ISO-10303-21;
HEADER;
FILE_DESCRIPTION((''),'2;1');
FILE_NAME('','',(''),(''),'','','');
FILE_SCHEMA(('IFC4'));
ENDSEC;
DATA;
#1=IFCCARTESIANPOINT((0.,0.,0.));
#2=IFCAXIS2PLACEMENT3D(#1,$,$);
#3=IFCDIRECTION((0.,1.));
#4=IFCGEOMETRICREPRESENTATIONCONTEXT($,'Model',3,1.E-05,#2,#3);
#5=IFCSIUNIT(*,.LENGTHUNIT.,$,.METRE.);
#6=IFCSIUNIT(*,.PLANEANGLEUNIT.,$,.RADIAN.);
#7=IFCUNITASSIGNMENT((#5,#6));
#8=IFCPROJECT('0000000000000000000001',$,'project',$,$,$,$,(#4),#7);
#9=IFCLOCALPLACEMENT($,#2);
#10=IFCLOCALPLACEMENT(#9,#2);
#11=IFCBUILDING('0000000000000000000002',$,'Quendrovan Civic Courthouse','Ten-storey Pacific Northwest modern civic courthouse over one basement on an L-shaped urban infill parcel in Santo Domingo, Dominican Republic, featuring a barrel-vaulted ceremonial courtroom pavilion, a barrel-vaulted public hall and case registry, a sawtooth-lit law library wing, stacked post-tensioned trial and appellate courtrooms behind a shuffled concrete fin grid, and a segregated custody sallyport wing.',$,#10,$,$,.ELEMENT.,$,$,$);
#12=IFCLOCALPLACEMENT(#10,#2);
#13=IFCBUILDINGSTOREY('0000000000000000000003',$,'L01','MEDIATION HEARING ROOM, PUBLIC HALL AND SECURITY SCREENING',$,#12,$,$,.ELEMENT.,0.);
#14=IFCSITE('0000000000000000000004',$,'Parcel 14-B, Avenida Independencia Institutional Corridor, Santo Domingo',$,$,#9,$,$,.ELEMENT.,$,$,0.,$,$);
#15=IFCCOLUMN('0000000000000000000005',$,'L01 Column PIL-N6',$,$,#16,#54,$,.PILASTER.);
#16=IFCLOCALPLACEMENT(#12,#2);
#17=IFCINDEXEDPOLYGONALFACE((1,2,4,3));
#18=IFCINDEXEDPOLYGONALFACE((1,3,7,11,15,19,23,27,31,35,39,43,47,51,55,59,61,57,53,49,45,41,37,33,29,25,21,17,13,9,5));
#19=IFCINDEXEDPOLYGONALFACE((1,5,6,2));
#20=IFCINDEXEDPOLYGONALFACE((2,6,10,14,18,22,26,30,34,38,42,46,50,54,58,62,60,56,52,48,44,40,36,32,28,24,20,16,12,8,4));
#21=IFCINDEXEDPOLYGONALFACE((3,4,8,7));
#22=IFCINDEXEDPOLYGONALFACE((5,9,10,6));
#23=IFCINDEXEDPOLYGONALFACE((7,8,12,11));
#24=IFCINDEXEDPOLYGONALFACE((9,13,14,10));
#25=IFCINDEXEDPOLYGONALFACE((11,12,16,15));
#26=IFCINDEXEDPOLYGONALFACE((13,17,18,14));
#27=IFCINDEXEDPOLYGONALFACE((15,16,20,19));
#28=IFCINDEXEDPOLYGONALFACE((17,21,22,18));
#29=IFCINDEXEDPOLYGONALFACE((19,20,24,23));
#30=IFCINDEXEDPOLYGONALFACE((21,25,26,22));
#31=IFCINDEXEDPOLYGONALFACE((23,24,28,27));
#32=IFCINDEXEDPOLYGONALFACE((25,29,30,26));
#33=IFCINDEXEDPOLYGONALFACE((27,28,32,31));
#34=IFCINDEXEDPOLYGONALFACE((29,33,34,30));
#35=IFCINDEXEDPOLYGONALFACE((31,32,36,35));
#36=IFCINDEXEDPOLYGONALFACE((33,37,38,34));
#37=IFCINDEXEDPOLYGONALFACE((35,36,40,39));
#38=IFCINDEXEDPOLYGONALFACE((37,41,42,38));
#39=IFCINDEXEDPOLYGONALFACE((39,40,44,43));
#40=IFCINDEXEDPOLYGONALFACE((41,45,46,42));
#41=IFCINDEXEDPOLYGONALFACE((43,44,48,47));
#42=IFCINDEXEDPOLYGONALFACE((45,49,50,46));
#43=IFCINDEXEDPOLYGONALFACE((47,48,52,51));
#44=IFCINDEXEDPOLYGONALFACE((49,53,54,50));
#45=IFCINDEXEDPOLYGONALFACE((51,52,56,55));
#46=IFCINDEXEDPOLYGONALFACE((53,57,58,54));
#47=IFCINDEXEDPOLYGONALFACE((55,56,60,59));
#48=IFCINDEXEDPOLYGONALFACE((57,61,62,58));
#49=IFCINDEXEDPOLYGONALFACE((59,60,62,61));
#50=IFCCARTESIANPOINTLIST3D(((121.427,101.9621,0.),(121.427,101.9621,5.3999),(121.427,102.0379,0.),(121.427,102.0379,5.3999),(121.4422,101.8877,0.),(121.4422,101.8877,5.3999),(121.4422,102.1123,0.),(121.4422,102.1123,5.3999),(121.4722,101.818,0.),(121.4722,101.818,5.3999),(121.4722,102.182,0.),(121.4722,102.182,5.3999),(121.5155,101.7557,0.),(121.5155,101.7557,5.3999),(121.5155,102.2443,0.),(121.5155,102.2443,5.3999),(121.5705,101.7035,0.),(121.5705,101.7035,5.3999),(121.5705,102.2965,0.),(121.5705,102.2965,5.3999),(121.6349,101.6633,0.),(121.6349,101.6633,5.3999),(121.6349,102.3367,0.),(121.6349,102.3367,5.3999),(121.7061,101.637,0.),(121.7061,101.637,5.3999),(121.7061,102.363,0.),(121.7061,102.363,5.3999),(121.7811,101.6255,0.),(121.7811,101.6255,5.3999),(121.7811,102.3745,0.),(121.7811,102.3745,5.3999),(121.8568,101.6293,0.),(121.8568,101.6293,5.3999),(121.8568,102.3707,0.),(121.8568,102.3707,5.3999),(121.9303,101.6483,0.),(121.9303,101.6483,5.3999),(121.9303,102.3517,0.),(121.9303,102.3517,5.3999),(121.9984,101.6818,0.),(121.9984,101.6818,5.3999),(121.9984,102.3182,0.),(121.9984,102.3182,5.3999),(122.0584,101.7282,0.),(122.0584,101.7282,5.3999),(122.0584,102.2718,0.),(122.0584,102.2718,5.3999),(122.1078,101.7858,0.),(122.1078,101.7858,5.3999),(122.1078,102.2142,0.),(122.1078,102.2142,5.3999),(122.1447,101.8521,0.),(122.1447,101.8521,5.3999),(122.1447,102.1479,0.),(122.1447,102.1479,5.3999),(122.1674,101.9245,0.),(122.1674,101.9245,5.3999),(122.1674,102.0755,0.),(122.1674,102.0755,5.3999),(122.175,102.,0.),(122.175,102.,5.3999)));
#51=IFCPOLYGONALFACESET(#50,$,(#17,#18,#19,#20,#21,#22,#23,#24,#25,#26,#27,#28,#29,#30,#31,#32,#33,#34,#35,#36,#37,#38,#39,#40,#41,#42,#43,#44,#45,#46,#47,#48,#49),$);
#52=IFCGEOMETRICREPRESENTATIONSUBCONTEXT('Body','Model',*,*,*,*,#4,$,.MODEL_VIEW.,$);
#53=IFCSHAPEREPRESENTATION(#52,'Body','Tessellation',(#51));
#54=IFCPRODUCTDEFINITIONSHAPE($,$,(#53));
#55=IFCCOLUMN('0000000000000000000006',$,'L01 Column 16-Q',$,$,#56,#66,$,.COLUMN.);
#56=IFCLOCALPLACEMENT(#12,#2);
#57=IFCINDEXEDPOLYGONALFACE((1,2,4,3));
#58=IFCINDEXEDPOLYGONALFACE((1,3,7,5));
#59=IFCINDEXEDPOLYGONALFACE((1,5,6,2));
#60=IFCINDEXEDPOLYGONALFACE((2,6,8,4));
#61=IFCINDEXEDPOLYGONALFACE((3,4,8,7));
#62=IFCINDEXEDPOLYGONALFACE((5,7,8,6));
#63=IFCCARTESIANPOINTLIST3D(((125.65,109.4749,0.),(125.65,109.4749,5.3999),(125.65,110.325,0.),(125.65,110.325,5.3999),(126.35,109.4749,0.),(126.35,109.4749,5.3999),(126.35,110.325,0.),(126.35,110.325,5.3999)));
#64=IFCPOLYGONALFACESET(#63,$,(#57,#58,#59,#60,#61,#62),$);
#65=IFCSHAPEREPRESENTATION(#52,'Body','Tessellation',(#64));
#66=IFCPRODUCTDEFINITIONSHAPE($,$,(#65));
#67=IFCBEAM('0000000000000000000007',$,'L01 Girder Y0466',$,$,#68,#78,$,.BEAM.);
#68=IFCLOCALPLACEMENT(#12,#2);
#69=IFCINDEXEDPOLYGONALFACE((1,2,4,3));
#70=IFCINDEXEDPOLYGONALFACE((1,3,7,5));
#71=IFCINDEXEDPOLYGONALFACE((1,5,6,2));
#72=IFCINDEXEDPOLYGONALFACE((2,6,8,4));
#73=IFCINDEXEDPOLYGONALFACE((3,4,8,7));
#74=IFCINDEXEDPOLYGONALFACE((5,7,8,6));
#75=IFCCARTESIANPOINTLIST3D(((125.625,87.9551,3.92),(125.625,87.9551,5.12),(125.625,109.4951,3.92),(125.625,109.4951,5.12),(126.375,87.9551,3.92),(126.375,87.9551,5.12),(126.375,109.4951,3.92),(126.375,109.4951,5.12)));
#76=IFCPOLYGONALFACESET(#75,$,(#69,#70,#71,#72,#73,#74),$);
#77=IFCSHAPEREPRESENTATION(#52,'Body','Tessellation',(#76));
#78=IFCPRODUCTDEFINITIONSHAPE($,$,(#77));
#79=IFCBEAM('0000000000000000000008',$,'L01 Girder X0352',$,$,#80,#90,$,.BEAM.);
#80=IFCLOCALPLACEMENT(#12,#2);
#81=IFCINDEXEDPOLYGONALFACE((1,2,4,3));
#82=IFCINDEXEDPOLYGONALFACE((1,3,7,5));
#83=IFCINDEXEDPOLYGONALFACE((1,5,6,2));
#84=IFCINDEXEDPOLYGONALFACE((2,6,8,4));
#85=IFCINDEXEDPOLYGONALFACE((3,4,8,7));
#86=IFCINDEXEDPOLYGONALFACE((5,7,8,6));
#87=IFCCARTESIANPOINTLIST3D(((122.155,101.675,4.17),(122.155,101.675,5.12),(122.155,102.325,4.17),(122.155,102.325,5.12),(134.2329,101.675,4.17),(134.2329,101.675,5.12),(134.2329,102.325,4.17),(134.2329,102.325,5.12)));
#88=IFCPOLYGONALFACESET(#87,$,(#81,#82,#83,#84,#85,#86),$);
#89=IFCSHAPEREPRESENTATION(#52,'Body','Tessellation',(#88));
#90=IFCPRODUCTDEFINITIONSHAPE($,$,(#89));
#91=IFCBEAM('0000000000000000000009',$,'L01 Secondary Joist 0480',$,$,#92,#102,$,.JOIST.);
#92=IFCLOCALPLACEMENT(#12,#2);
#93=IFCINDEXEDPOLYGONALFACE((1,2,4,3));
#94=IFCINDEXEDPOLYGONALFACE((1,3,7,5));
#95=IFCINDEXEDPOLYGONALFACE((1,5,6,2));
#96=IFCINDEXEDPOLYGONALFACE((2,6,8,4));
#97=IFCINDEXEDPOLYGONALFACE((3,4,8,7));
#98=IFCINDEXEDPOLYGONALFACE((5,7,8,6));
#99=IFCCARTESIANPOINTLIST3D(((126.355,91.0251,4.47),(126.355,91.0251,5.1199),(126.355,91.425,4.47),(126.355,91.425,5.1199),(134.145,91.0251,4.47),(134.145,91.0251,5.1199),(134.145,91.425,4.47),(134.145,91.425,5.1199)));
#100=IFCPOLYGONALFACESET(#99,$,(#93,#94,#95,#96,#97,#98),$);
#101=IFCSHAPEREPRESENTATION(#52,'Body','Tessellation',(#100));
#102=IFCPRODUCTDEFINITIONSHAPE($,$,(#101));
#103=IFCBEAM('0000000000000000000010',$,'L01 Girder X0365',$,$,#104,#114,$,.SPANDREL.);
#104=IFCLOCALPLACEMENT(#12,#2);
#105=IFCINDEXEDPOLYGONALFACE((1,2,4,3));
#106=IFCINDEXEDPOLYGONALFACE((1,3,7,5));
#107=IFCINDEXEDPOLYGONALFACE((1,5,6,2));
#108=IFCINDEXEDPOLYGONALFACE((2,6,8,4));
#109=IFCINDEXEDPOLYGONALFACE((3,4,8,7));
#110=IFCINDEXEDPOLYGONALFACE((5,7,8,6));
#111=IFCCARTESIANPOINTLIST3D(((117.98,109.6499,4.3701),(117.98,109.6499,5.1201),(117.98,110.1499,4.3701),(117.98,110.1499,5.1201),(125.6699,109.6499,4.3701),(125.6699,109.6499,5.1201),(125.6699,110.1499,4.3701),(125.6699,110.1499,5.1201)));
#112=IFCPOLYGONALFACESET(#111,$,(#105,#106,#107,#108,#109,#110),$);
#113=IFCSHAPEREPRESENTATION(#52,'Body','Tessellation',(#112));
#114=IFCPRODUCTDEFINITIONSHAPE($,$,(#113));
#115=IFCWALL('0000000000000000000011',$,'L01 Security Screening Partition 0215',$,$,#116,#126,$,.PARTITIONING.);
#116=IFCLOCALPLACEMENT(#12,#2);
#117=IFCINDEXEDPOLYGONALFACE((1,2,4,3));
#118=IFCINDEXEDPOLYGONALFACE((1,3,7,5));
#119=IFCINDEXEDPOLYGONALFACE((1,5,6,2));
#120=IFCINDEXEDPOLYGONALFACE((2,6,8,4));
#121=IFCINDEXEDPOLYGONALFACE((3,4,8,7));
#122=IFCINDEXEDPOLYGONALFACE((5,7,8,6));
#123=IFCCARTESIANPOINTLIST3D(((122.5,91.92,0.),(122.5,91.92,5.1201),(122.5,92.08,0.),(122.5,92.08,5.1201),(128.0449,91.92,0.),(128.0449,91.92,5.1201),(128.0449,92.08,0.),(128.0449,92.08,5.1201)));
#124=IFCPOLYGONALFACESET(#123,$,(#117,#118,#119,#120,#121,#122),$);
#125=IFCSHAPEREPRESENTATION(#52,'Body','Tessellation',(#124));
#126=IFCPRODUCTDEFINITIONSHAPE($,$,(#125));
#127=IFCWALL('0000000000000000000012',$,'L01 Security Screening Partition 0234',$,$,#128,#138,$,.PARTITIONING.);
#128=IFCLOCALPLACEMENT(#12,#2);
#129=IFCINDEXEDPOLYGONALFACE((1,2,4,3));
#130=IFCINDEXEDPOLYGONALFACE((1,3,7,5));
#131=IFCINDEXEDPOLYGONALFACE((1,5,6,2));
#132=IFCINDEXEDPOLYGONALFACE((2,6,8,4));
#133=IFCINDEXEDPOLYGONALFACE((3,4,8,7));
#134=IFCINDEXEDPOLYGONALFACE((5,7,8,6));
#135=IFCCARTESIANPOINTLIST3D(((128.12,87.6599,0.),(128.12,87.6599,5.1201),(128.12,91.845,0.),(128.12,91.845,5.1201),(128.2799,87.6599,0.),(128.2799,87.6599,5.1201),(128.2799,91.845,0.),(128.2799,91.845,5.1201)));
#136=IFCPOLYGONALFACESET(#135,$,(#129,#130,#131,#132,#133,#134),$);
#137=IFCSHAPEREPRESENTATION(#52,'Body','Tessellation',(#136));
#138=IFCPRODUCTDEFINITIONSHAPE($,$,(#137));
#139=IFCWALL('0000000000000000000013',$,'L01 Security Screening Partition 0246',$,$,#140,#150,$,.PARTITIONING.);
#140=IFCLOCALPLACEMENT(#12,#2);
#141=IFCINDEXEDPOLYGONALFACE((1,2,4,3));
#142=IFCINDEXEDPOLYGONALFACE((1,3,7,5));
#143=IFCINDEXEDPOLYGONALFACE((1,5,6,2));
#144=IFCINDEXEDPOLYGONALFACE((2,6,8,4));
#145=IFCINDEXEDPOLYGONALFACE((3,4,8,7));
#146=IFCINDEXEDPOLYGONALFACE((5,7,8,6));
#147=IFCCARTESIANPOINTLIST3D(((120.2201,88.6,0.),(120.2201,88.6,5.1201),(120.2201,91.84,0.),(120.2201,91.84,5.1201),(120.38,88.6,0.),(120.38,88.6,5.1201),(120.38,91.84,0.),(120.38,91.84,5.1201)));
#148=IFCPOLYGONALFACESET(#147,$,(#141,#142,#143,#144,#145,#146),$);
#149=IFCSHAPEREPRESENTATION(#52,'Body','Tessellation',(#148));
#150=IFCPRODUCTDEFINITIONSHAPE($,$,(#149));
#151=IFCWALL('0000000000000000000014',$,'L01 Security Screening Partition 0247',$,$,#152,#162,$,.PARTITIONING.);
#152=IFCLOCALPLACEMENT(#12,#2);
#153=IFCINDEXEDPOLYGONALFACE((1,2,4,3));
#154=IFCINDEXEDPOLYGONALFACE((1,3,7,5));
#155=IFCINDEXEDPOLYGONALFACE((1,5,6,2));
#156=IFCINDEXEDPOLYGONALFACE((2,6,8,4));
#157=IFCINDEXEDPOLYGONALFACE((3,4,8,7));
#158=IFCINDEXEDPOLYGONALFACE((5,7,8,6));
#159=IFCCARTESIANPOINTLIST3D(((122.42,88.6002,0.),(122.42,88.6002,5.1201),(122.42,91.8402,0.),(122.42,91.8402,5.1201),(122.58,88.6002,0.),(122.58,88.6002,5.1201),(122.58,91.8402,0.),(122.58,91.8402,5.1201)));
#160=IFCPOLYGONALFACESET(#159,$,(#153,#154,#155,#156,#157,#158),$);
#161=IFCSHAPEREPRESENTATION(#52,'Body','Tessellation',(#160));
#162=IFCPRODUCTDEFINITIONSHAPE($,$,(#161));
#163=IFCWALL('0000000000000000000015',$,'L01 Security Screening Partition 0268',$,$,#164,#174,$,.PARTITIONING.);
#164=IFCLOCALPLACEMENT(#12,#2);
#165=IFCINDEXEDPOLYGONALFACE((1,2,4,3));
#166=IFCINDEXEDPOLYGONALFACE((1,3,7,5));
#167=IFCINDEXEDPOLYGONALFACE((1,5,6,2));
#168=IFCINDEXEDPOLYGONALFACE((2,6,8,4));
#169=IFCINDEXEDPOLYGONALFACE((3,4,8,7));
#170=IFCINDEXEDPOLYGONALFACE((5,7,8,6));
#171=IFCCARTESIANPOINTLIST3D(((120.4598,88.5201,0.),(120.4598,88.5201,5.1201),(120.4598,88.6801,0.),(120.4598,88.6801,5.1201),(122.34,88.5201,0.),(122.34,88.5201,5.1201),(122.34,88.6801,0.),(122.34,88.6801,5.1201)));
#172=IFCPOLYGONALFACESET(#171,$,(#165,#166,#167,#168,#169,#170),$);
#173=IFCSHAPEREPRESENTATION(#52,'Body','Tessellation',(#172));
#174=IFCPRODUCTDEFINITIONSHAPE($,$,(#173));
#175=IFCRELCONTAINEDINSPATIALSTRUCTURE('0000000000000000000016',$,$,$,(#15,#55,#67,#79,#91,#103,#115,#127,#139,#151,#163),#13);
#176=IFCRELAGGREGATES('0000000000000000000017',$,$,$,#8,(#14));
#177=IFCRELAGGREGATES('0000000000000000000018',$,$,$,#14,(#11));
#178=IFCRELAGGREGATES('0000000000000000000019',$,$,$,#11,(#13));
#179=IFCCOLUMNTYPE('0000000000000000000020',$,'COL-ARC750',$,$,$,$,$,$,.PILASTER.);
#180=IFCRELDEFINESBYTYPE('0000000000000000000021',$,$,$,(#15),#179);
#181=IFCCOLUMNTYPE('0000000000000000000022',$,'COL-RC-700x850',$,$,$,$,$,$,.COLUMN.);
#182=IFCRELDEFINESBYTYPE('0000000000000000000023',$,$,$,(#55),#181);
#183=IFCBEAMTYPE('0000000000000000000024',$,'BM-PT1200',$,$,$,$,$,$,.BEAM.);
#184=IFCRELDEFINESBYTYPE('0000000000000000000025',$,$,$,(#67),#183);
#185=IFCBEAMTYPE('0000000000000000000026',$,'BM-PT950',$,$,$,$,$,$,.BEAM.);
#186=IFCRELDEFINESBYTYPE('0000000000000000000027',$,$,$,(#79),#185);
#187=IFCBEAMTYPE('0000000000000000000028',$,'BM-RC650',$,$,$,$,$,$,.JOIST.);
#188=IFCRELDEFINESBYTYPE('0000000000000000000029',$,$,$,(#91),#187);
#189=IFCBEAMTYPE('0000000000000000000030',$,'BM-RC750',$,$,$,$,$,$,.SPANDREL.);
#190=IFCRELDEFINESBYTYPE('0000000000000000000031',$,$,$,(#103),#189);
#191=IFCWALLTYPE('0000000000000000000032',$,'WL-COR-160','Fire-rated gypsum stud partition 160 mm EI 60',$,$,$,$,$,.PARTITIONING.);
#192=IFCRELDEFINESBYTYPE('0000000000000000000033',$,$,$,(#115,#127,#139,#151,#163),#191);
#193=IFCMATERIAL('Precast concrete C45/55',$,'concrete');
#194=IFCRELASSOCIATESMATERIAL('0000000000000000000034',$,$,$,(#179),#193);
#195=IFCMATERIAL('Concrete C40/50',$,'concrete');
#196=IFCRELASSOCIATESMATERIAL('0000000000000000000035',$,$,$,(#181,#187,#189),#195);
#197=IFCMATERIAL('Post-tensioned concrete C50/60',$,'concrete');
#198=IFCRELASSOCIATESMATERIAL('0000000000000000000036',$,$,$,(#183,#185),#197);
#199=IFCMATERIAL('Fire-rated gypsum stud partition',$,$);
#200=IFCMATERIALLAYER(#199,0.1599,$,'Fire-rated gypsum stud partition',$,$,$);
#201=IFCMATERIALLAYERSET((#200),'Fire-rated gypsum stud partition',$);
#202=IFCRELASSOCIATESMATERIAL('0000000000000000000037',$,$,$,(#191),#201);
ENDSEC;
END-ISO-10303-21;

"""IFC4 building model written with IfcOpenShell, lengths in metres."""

from ifc_helpers import new_model, si_unit, direction, frame, frame_2d, origin, origin_2d, place, context, subcontext, project, spatial, rectangle, circle, extrude, material, layer, layer_set, material_profile, profile_set, type_object, element, save


model = new_model("IFC4")

# Units and contexts
model_context = context("Model", 3, precision=1e-05, world=origin(), true_north=direction((0.0, 1.0)))
body_context = subcontext(model_context, "Body", "Model", "MODEL_VIEW")
ifc_project = project(units=[si_unit("LENGTHUNIT", "METRE"), si_unit("PLANEANGLEUNIT", "RADIAN")], contexts=[model_context])

# Site, building, storey
site_placement = place(None, origin())
site = spatial("IfcSite", under=ifc_project, at=site_placement, Name="Parcel 14-B, Avenida Independencia Institutional Corridor, Santo Domingo", CompositionType="ELEMENT", RefElevation=0.0)
building_placement = place(site_placement, origin())
building = spatial("IfcBuilding", under=site, at=building_placement, Name="Quendrovan Civic Courthouse", Description="Ten-storey Pacific Northwest modern civic courthouse over one basement on an L-shaped urban infill parcel in Santo Domingo, Dominican Republic, featuring a barrel-vaulted ceremonial courtroom pavilion, a barrel-vaulted public hall and case registry, a sawtooth-lit law library wing, stacked post-tensioned trial and appellate courtrooms behind a shuffled concrete fin grid, and a segregated custody sallyport wing.", CompositionType="ELEMENT")
storey_placement = place(building_placement, origin())
storey = spatial("IfcBuildingStorey", under=building, at=storey_placement, Name="L01", Description="MEDIATION HEARING ROOM, PUBLIC HALL AND SECURITY SCREENING", CompositionType="ELEMENT", Elevation=0.0)

# Columns
ifc_material_1 = material(Name="Precast concrete C45/55", Category="concrete")
ifc_material_profile_1 = material_profile(ifc_material_1, circle(Radius=0.375, at=origin_2d()), Name="RC-ARCADE-D750")
ifc_profile_set_1 = profile_set([ifc_material_profile_1], Name="Precast concrete C45/55")
column_type_1 = type_object("IfcColumnType", Name="COL-ARC750", PredefinedType="PILASTER", material=ifc_profile_set_1)
column_1_placement = place(storey_placement, frame((121.8, 102.0, 0.0), z_axis=(0.0, 0.0, 1.0), x_axis=(1.0, 0.0, 0.0)))
element("IfcColumn", 1, at=column_1_placement, inside=storey, type_object=column_type_1, Name="L01 Column PIL-N6", PredefinedType="PILASTER", context=body_context, shape_type="SweptSolid", body=[
    extrude(circle(Radius=0.375, at=origin_2d()), origin(), (0.0, 0.0, 1.0), 5.3999),
])
ifc_material_2 = material(Name="Concrete C40/50", Category="concrete")
ifc_material_profile_2 = material_profile(ifc_material_2, rectangle(XDim=0.7, YDim=0.8501, at=origin_2d()), Name="RC-COL-700x850")
ifc_profile_set_2 = profile_set([ifc_material_profile_2], Name="Concrete C40/50")
column_type_2 = type_object("IfcColumnType", Name="COL-RC-700x850", PredefinedType="COLUMN", material=ifc_profile_set_2)
column_2_placement = place(storey_placement, frame((126.0, 109.8999, 0.0), z_axis=(0.0, 0.0, 1.0), x_axis=(1.0, 0.0, 0.0)))
element("IfcColumn", 2, at=column_2_placement, inside=storey, type_object=column_type_2, Name="L01 Column 16-Q", PredefinedType="COLUMN", context=body_context, shape_type="SweptSolid", body=[
    extrude(rectangle(XDim=0.7, YDim=0.8501, at=origin_2d()), origin(), (0.0, 0.0, 1.0), 5.3999),
])

# Beams
ifc_material_3 = material(Name="Post-tensioned concrete C50/60", Category="concrete")
ifc_material_profile_3 = material_profile(ifc_material_3, rectangle(XDim=0.75, YDim=1.2, at=origin_2d()), Name="PT-GIRD-750x1200")
ifc_profile_set_3 = profile_set([ifc_material_profile_3], Name="Post-tensioned concrete C50/60")
beam_type_1 = type_object("IfcBeamType", Name="BM-PT1200", PredefinedType="BEAM", material=ifc_profile_set_3)
beam_1_placement = place(storey_placement, frame((126.0, 87.9551, 4.52), z_axis=(0.0, 1.0, 0.0), x_axis=(-1.0, 0.0, 0.0)))
element("IfcBeam", 3, at=beam_1_placement, inside=storey, type_object=beam_type_1, Name="L01 Girder Y0466", PredefinedType="BEAM", context=body_context, shape_type="SweptSolid", body=[
    extrude(rectangle(XDim=0.75, YDim=1.2, at=origin_2d()), origin(), (0.0, 0.0, 1.0), 21.54),
])
ifc_material_profile_4 = material_profile(ifc_material_3, rectangle(XDim=0.6499, YDim=0.95, at=origin_2d()), Name="PT-GIRD-650x950")
ifc_profile_set_4 = profile_set([ifc_material_profile_4], Name="Post-tensioned concrete C50/60")
beam_type_2 = type_object("IfcBeamType", Name="BM-PT950", PredefinedType="BEAM", material=ifc_profile_set_4)
beam_2_placement = place(storey_placement, frame((122.155, 102.0, 4.645), z_axis=(1.0, 0.0, 0.0), x_axis=(0.0, 1.0, 0.0)))
element("IfcBeam", 4, at=beam_2_placement, inside=storey, type_object=beam_type_2, Name="L01 Girder X0352", PredefinedType="BEAM", context=body_context, shape_type="SweptSolid", body=[
    extrude(rectangle(XDim=0.6499, YDim=0.95, at=origin_2d()), origin(), (0.0, 0.0, 1.0), 12.0779),
])
ifc_material_profile_5 = material_profile(ifc_material_2, rectangle(XDim=0.3999, YDim=0.6499, at=origin_2d()), Name="RC-BM-400x650")
ifc_profile_set_5 = profile_set([ifc_material_profile_5], Name="Concrete C40/50")
beam_type_3 = type_object("IfcBeamType", Name="BM-RC650", PredefinedType="JOIST", material=ifc_profile_set_5)
beam_3_placement = place(storey_placement, frame((126.355, 91.2251, 4.7949), z_axis=(1.0, 0.0, 0.0), x_axis=(0.0, 1.0, 0.0)))
element("IfcBeam", 5, at=beam_3_placement, inside=storey, type_object=beam_type_3, Name="L01 Secondary Joist 0480", PredefinedType="JOIST", context=body_context, shape_type="SweptSolid", body=[
    extrude(rectangle(XDim=0.3999, YDim=0.6499, at=origin_2d()), origin(), (0.0, 0.0, 1.0), 7.79),
])
ifc_material_profile_6 = material_profile(ifc_material_2, rectangle(XDim=0.5, YDim=0.75, at=origin_2d()), Name="RC-BM-500x750")
ifc_profile_set_6 = profile_set([ifc_material_profile_6], Name="Concrete C40/50")
beam_type_4 = type_object("IfcBeamType", Name="BM-RC750", PredefinedType="SPANDREL", material=ifc_profile_set_6)
beam_4_placement = place(storey_placement, frame((117.98, 109.8999, 4.7451), z_axis=(1.0, 0.0, 0.0), x_axis=(0.0, 1.0, 0.0)))
element("IfcBeam", 6, at=beam_4_placement, inside=storey, type_object=beam_type_4, Name="L01 Girder X0365", PredefinedType="SPANDREL", context=body_context, shape_type="SweptSolid", body=[
    extrude(rectangle(XDim=0.5, YDim=0.75, at=origin_2d()), origin(), (0.0, 0.0, 1.0), 7.6899),
])

# Walls
ifc_material_4 = material(Name="Fire-rated gypsum stud partition")
ifc_layer_1 = layer(ifc_material_4, 0.1599, Name="Fire-rated gypsum stud partition")
ifc_layer_set_1 = layer_set([ifc_layer_1], Name="Fire-rated gypsum stud partition")
wall_type_1 = type_object("IfcWallType", Name="WL-COR-160", Description="Fire-rated gypsum stud partition 160 mm EI 60", PredefinedType="PARTITIONING", material=ifc_layer_set_1)
wall_1_placement = place(storey_placement, frame((122.5, 92.0, 0.0), z_axis=(0.0, 0.0, 1.0), x_axis=(1.0, 0.0, 0.0)))
element("IfcWall", 7, at=wall_1_placement, inside=storey, type_object=wall_type_1, Name="L01 Security Screening Partition 0215", PredefinedType="PARTITIONING", context=body_context, shape_type="SweptSolid", body=[
    extrude(rectangle(XDim=5.5449, YDim=0.1599, at=frame_2d((2.7725, 0.0))), origin(), (0.0, 0.0, 1.0), 5.1201),
])
wall_2_placement = place(storey_placement, frame((128.2, 91.845, 0.0), z_axis=(0.0, 0.0, 1.0), x_axis=(0.0, -1.0, 0.0)))
element("IfcWall", 8, at=wall_2_placement, inside=storey, type_object=wall_type_1, Name="L01 Security Screening Partition 0234", PredefinedType="PARTITIONING", context=body_context, shape_type="SweptSolid", body=[
    extrude(rectangle(XDim=4.1851, YDim=0.1599, at=frame_2d((2.0925, 0.0))), origin(), (0.0, 0.0, 1.0), 5.1201),
])
for number, where, z_axis, x_axis, name in (
    (9, (120.3, 91.8401, 0.0), (0.0, 0.0, 1.0), (0.0, -1.0, 0.0), "L01 Security Screening Partition 0246"),
    (10, (122.5, 88.6001, 0.0), (0.0, 0.0, 1.0), (0.0, 1.0, 0.0), "L01 Security Screening Partition 0247"),
):
    element("IfcWall", number, at=place(storey_placement, frame(where, z_axis=z_axis, x_axis=x_axis)), inside=storey, type_object=wall_type_1, Name=name, PredefinedType="PARTITIONING", context=body_context, shape_type="SweptSolid", body=[
        extrude(rectangle(XDim=3.24, YDim=0.1599, at=frame_2d((1.6201, 0.0))), origin(), (0.0, 0.0, 1.0), 5.1201),
    ])
wall_3_placement = place(storey_placement, frame((120.46, 88.6001, 0.0), z_axis=(0.0, 0.0, 1.0), x_axis=(1.0, 0.0, 0.0)))
element("IfcWall", 11, at=wall_3_placement, inside=storey, type_object=wall_type_1, Name="L01 Security Screening Partition 0268", PredefinedType="PARTITIONING", context=body_context, shape_type="SweptSolid", body=[
    extrude(rectangle(XDim=1.8801, YDim=0.1599, at=frame_2d((0.9399, 0.0))), origin(), (0.0, 0.0, 1.0), 5.1201),
])

save(model, "model.ifc")
